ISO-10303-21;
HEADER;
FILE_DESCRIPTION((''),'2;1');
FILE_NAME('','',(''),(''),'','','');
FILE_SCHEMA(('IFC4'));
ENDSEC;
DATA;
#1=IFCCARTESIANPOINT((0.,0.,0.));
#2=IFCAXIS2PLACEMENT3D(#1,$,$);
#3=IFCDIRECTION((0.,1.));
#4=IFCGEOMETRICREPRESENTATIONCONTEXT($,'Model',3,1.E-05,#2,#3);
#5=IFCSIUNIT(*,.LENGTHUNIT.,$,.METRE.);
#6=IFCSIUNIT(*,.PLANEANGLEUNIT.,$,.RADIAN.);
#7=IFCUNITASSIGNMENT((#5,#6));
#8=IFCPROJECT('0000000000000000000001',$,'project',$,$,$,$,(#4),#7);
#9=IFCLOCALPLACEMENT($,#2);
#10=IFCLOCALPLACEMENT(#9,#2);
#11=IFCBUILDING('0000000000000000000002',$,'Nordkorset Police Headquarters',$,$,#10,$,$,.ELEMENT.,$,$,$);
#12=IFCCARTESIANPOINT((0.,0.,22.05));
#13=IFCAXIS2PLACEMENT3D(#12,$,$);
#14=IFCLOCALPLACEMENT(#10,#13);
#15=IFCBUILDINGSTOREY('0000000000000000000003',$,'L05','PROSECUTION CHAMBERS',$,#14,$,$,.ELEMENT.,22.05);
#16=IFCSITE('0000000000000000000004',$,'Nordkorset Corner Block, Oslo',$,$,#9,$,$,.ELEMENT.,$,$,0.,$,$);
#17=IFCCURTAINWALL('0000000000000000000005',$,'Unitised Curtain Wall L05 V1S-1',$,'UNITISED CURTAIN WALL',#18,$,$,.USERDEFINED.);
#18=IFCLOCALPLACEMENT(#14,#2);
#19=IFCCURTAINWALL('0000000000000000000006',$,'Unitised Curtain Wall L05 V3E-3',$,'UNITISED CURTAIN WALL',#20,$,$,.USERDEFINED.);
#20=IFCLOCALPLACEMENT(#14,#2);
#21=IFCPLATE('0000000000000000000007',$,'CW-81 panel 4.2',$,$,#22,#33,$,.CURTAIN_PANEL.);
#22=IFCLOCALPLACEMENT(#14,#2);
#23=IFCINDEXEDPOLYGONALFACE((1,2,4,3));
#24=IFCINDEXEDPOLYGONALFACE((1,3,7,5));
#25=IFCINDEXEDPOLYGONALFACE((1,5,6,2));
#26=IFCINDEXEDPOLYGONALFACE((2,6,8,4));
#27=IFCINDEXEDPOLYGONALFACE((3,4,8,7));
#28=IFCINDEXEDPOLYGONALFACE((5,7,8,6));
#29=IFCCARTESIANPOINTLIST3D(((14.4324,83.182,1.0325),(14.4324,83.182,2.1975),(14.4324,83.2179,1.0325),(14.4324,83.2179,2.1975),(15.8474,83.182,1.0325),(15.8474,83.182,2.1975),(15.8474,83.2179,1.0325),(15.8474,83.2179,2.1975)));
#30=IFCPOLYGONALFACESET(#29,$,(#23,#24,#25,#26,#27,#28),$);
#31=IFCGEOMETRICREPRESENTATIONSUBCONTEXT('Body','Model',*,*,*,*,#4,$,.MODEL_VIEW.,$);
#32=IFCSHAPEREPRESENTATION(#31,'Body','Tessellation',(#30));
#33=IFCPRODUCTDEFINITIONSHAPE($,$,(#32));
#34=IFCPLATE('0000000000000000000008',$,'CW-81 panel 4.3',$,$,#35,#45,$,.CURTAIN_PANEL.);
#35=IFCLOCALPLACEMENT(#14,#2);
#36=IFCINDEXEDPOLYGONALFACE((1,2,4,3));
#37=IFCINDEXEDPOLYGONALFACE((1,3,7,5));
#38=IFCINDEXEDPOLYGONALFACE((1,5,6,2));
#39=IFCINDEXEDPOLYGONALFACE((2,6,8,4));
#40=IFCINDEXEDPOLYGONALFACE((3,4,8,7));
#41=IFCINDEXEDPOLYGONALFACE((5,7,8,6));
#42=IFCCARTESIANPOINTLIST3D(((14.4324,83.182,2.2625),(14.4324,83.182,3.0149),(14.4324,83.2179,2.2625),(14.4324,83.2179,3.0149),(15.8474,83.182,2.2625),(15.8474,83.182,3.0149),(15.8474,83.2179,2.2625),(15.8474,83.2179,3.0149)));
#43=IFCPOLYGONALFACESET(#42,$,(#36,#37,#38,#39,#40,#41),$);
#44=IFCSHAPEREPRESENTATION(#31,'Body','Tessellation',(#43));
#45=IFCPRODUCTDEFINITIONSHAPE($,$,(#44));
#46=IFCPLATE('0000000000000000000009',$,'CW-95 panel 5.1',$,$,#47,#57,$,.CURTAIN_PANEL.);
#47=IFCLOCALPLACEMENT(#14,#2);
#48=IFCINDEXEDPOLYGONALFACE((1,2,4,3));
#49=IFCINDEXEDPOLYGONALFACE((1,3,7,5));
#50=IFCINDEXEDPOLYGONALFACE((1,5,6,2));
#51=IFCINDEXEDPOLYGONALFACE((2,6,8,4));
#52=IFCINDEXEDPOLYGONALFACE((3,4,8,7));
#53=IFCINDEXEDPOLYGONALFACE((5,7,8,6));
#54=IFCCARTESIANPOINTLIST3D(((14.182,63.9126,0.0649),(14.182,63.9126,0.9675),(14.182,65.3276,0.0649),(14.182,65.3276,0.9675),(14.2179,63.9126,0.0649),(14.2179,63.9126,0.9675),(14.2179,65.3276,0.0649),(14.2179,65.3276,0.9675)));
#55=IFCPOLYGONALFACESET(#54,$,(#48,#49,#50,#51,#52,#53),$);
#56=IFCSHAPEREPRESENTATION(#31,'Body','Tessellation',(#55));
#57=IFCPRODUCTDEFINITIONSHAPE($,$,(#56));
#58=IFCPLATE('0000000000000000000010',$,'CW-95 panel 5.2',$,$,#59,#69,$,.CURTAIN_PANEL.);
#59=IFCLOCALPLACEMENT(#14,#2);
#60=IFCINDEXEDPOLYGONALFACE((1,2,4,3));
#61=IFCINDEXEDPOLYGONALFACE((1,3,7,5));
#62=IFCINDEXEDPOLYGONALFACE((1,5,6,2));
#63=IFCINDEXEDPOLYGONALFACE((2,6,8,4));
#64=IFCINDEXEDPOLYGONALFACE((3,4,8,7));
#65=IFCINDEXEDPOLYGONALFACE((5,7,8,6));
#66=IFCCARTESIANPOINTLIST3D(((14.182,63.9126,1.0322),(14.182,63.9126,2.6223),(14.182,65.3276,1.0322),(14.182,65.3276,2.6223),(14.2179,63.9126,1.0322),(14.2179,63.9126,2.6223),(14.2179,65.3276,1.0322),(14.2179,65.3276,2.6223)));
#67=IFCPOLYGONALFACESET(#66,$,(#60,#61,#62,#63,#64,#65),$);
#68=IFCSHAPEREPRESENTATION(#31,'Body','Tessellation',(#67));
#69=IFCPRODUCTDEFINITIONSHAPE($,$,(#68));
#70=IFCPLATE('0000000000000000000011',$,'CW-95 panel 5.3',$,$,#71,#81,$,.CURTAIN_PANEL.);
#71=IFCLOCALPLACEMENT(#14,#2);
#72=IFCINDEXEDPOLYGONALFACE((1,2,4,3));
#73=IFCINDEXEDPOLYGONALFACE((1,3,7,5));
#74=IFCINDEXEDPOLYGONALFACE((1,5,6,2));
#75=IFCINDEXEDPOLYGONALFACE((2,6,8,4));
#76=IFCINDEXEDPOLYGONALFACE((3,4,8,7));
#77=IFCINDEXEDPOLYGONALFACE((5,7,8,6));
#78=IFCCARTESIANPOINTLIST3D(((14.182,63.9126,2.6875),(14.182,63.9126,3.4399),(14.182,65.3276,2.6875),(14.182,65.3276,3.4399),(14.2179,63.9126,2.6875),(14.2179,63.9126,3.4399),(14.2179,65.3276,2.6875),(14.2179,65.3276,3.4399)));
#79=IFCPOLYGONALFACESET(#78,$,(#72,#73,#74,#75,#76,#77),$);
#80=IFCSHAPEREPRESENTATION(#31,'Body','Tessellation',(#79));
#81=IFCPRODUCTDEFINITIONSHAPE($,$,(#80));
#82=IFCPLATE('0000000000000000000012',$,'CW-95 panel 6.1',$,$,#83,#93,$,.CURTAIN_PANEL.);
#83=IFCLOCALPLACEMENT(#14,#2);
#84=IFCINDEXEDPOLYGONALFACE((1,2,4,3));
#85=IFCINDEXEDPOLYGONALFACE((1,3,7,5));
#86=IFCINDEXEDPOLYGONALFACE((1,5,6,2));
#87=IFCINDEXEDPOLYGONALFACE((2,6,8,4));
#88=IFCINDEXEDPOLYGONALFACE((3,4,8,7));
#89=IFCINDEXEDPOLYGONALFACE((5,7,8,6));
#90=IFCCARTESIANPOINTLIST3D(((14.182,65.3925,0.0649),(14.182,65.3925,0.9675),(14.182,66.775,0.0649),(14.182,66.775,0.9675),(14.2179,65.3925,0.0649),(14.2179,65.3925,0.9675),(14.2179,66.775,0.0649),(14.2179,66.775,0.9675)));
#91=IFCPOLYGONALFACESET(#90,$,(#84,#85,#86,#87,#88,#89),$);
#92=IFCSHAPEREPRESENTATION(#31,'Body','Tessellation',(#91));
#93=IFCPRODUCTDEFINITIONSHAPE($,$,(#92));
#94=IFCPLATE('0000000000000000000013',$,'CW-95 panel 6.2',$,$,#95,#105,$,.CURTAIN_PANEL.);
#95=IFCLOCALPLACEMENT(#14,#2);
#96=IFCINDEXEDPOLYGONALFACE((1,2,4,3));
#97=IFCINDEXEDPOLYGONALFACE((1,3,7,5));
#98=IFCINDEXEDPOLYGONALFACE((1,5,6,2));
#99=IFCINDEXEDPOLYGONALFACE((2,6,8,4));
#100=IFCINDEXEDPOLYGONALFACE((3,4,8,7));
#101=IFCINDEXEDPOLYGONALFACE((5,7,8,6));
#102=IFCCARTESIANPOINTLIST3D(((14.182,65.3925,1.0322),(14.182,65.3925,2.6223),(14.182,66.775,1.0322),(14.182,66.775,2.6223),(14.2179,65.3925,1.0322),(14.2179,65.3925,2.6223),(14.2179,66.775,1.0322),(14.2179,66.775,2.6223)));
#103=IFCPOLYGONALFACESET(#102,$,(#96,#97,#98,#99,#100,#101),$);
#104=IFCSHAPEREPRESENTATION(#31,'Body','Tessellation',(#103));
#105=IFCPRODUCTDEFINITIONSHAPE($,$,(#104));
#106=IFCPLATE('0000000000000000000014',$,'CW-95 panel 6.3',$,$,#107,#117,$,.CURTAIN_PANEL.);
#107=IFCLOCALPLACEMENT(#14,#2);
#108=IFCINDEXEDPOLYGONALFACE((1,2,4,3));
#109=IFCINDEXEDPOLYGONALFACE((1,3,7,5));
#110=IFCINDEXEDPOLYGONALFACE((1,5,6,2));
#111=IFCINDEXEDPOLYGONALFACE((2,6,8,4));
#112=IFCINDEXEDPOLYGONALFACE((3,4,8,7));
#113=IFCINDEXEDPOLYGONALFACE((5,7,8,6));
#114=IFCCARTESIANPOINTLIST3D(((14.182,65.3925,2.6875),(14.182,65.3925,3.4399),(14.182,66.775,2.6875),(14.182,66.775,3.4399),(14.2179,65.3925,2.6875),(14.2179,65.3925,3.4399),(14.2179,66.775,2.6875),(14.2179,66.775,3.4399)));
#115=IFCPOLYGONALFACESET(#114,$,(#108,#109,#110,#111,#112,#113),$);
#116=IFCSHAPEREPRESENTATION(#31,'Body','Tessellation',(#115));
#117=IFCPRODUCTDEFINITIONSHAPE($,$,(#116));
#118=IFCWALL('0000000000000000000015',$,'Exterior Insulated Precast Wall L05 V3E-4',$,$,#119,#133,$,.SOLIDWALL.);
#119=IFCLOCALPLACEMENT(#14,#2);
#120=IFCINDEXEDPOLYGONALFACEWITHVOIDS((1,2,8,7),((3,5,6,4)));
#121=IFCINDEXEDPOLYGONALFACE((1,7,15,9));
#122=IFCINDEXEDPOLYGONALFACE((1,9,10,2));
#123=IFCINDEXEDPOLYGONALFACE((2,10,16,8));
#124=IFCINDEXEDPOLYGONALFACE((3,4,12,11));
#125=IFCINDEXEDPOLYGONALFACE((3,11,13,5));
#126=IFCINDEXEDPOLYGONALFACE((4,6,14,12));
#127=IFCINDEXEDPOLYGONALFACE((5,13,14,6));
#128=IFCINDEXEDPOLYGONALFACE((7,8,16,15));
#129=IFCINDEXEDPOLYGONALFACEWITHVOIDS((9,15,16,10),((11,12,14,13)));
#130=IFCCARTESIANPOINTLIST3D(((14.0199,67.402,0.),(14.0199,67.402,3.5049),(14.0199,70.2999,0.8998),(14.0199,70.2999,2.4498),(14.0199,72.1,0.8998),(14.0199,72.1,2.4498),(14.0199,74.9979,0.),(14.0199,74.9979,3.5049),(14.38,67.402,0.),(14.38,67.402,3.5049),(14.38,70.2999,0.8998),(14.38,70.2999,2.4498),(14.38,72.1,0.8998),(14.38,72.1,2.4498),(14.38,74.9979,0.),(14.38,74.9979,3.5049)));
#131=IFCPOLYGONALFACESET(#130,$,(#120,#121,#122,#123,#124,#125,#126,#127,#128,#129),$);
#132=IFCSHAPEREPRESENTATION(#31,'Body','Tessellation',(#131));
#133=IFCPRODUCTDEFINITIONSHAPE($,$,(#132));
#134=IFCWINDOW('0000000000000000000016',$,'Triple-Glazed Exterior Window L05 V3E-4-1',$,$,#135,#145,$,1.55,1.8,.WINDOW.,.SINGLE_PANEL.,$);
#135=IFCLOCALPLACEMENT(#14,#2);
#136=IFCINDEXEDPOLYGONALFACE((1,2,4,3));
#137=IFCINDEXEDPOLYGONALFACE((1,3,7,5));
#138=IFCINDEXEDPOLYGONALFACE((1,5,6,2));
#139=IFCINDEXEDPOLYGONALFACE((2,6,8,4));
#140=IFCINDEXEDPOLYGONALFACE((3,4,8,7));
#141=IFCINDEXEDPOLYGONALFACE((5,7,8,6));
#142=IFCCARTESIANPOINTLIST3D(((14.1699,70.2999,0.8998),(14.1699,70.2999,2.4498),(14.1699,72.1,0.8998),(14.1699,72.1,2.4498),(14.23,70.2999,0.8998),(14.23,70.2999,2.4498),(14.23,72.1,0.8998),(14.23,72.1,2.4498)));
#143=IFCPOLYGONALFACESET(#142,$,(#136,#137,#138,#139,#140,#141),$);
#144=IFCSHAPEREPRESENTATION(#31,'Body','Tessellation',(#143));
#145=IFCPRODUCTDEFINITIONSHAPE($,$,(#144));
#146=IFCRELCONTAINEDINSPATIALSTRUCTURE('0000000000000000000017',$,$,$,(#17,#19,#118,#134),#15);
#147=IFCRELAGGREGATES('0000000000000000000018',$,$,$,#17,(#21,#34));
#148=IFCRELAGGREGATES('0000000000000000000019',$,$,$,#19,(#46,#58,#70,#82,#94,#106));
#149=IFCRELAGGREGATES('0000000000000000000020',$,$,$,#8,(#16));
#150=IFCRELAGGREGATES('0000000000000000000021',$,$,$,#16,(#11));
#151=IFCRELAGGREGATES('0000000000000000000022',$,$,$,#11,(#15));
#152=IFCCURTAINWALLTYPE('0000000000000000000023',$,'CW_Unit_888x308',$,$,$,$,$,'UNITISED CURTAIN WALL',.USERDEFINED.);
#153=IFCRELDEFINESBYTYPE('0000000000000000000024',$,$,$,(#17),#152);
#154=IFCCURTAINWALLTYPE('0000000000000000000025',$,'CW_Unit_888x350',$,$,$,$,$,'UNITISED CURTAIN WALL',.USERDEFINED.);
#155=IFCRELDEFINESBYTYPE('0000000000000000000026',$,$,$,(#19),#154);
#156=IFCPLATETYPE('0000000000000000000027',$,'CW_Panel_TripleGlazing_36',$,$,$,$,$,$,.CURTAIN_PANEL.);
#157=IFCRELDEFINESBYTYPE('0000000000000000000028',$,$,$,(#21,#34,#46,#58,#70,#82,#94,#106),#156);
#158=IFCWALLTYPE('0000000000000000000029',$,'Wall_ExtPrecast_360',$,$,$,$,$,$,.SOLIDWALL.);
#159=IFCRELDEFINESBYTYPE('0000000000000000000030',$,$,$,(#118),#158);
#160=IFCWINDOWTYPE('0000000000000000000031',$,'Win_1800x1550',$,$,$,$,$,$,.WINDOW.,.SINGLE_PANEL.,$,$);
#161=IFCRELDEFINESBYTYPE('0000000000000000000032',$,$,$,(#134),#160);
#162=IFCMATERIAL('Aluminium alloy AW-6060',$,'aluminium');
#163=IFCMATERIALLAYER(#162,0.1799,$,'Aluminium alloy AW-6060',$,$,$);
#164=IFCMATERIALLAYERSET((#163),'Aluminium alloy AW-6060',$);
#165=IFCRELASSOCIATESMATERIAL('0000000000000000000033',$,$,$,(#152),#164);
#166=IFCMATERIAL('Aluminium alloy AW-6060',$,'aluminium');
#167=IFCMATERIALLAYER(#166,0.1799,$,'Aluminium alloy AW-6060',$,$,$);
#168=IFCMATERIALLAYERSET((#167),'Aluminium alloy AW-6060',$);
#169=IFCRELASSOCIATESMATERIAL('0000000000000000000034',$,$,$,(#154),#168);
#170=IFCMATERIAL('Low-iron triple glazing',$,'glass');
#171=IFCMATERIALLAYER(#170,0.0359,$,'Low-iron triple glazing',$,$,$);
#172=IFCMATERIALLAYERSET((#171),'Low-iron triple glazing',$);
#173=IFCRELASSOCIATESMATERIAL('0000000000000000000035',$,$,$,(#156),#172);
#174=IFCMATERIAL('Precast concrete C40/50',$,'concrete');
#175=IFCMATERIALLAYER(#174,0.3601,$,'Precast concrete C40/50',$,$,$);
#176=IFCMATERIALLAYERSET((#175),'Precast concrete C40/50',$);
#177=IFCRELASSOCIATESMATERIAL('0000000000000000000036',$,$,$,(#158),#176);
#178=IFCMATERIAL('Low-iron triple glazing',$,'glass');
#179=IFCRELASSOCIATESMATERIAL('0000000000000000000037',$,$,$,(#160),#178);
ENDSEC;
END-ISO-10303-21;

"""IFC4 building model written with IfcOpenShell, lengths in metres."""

from ifc_helpers import new_model, si_unit, direction, frame, frame_2d, origin, origin_2d, place, context, subcontext, project, spatial, rectangle, extrude, material, layer, layer_set, type_object, element, fill, aggregate, save


model = new_model("IFC4")

# Units and contexts
model_context = context("Model", 3, precision=1e-05, world=origin(), true_north=direction((0.0, 1.0)))
body_context = subcontext(model_context, "Body", "Model", "MODEL_VIEW")
ifc_project = project(units=[si_unit("LENGTHUNIT", "METRE"), si_unit("PLANEANGLEUNIT", "RADIAN")], contexts=[model_context])

# Site, building, storey
site_placement = place(None, origin())
site = spatial("IfcSite", under=ifc_project, at=site_placement, Name="Nordkorset Corner Block, Oslo", CompositionType="ELEMENT", RefElevation=0.0)
building_placement = place(site_placement, origin())
building = spatial("IfcBuilding", under=site, at=building_placement, Name="Nordkorset Police Headquarters", CompositionType="ELEMENT")
storey_placement = place(building_placement, frame((0.0, 0.0, 22.05)))
storey = spatial("IfcBuildingStorey", under=building, at=storey_placement, Name="L05", Description="PROSECUTION CHAMBERS", CompositionType="ELEMENT", Elevation=22.05)

# Curtain walls
ifc_material_1 = material(Name="Aluminium alloy AW-6060", Category="aluminium")
ifc_layer_1 = layer(ifc_material_1, 0.1799, Name="Aluminium alloy AW-6060")
ifc_layer_set_1 = layer_set([ifc_layer_1], Name="Aluminium alloy AW-6060")
curtain_wall_type_1 = type_object("IfcCurtainWallType", Name="CW_Unit_888x308", ElementType="UNITISED CURTAIN WALL", PredefinedType="USERDEFINED", material=ifc_layer_set_1)
curtain_wall_1_placement = place(storey_placement, origin())
curtain_wall_1 = element("IfcCurtainWall", 1, at=curtain_wall_1_placement, inside=storey, type_object=curtain_wall_type_1, Name="Unitised Curtain Wall L05 V1S-1", ObjectType="UNITISED CURTAIN WALL", PredefinedType="USERDEFINED")
ifc_material_2 = material(Name="Aluminium alloy AW-6060", Category="aluminium")
ifc_layer_2 = layer(ifc_material_2, 0.1799, Name="Aluminium alloy AW-6060")
ifc_layer_set_2 = layer_set([ifc_layer_2], Name="Aluminium alloy AW-6060")
curtain_wall_type_2 = type_object("IfcCurtainWallType", Name="CW_Unit_888x350", ElementType="UNITISED CURTAIN WALL", PredefinedType="USERDEFINED", material=ifc_layer_set_2)
curtain_wall_2_placement = place(storey_placement, origin())
curtain_wall_2 = element("IfcCurtainWall", 2, at=curtain_wall_2_placement, inside=storey, type_object=curtain_wall_type_2, Name="Unitised Curtain Wall L05 V3E-3", ObjectType="UNITISED CURTAIN WALL", PredefinedType="USERDEFINED")

# Plates
ifc_material_3 = material(Name="Low-iron triple glazing", Category="glass")
ifc_layer_3 = layer(ifc_material_3, 0.0359, Name="Low-iron triple glazing")
ifc_layer_set_3 = layer_set([ifc_layer_3], Name="Low-iron triple glazing")
plate_type = type_object("IfcPlateType", Name="CW_Panel_TripleGlazing_36", PredefinedType="CURTAIN_PANEL", material=ifc_layer_set_3)
plate_1_placement = place(storey_placement, frame((15.1399, 83.2, 1.0325), z_axis=(0.0, 0.0, 1.0), x_axis=(1.0, 0.0, 0.0)))
plate_1 = element("IfcPlate", 3, at=plate_1_placement, type_object=plate_type, Name="CW-81 panel 4.2", PredefinedType="CURTAIN_PANEL", context=body_context, shape_type="SweptSolid", body=[
    extrude(rectangle(XDim=1.415, YDim=0.0359, at=origin_2d()), origin(), (0.0, 0.0, 1.0), 1.165),
])
plate_2_placement = place(storey_placement, frame((15.1399, 83.2, 2.2625), z_axis=(0.0, 0.0, 1.0), x_axis=(1.0, 0.0, 0.0)))
plate_2 = element("IfcPlate", 4, at=plate_2_placement, type_object=plate_type, Name="CW-81 panel 4.3", PredefinedType="CURTAIN_PANEL", context=body_context, shape_type="SweptSolid", body=[
    extrude(rectangle(XDim=1.415, YDim=0.0359, at=origin_2d()), origin(), (0.0, 0.0, 1.0), 0.7524),
])
aggregate(curtain_wall_1, [plate_1, plate_2])
plate_3_placement = place(storey_placement, frame((14.2, 64.6201, 0.0649), z_axis=(0.0, 0.0, 1.0), x_axis=(0.0, 1.0, 0.0)))
plate_3 = element("IfcPlate", 5, at=plate_3_placement, type_object=plate_type, Name="CW-95 panel 5.1", PredefinedType="CURTAIN_PANEL", context=body_context, shape_type="SweptSolid", body=[
    extrude(rectangle(XDim=1.415, YDim=0.0359, at=origin_2d()), origin(), (0.0, 0.0, 1.0), 0.9026),
])
plate_4_placement = place(storey_placement, frame((14.2, 64.6201, 1.0322), z_axis=(0.0, 0.0, 1.0), x_axis=(0.0, 1.0, 0.0)))
plate_4 = element("IfcPlate", 6, at=plate_4_placement, type_object=plate_type, Name="CW-95 panel 5.2", PredefinedType="CURTAIN_PANEL", context=body_context, shape_type="SweptSolid", body=[
    extrude(rectangle(XDim=1.415, YDim=0.0359, at=origin_2d()), origin(), (0.0, 0.0, 1.0), 1.5901),
])
plate_5_placement = place(storey_placement, frame((14.2, 64.6201, 2.6875), z_axis=(0.0, 0.0, 1.0), x_axis=(0.0, 1.0, 0.0)))
plate_5 = element("IfcPlate", 7, at=plate_5_placement, type_object=plate_type, Name="CW-95 panel 5.3", PredefinedType="CURTAIN_PANEL", context=body_context, shape_type="SweptSolid", body=[
    extrude(rectangle(XDim=1.415, YDim=0.0359, at=origin_2d()), origin(), (0.0, 0.0, 1.0), 0.7524),
])
plate_6_placement = place(storey_placement, frame((14.2, 66.0837, 0.0649), z_axis=(0.0, 0.0, 1.0), x_axis=(0.0, 1.0, 0.0)))
plate_6 = element("IfcPlate", 8, at=plate_6_placement, type_object=plate_type, Name="CW-95 panel 6.1", PredefinedType="CURTAIN_PANEL", context=body_context, shape_type="SweptSolid", body=[
    extrude(rectangle(XDim=1.3826, YDim=0.0359, at=origin_2d()), origin(), (0.0, 0.0, 1.0), 0.9026),
])
plate_7_placement = place(storey_placement, frame((14.2, 66.0837, 1.0322), z_axis=(0.0, 0.0, 1.0), x_axis=(0.0, 1.0, 0.0)))
plate_7 = element("IfcPlate", 9, at=plate_7_placement, type_object=plate_type, Name="CW-95 panel 6.2", PredefinedType="CURTAIN_PANEL", context=body_context, shape_type="SweptSolid", body=[
    extrude(rectangle(XDim=1.3826, YDim=0.0359, at=origin_2d()), origin(), (0.0, 0.0, 1.0), 1.5901),
])
plate_8_placement = place(storey_placement, frame((14.2, 66.0837, 2.6875), z_axis=(0.0, 0.0, 1.0), x_axis=(0.0, 1.0, 0.0)))
plate_8 = element("IfcPlate", 10, at=plate_8_placement, type_object=plate_type, Name="CW-95 panel 6.3", PredefinedType="CURTAIN_PANEL", context=body_context, shape_type="SweptSolid", body=[
    extrude(rectangle(XDim=1.3826, YDim=0.0359, at=origin_2d()), origin(), (0.0, 0.0, 1.0), 0.7524),
])
aggregate(curtain_wall_2, [plate_3, plate_4, plate_5, plate_6, plate_7, plate_8])

# Wall, opening, window
ifc_material_4 = material(Name="Precast concrete C40/50", Category="concrete")
ifc_layer_4 = layer(ifc_material_4, 0.3601, Name="Precast concrete C40/50")
ifc_layer_set_4 = layer_set([ifc_layer_4], Name="Precast concrete C40/50")
wall_type = type_object("IfcWallType", Name="Wall_ExtPrecast_360", PredefinedType="SOLIDWALL", material=ifc_layer_set_4)
wall_placement = place(storey_placement, frame((14.2, 67.4021, 0.0), z_axis=(0.0, 0.0, 1.0), x_axis=(0.0, 1.0, 0.0)))
wall = element("IfcWall", 11, at=wall_placement, inside=storey, type_object=wall_type, Name="Exterior Insulated Precast Wall L05 V3E-4", PredefinedType="SOLIDWALL", context=body_context, shape_type="SweptSolid", body=[
    extrude(rectangle(XDim=7.5959, YDim=0.3601, at=frame_2d((3.7979, 0.0))), origin(), (0.0, 0.0, 1.0), 3.5049),
])
opening_placement = place(wall_placement, frame((2.8979, 0.0, 0.8999)))
opening = element("IfcOpeningElement", 12, at=opening_placement, cuts=wall, PredefinedType="OPENING", context=body_context, shape_type="SweptSolid", body=[
    extrude(rectangle(XDim=1.8, YDim=1.55, at=frame_2d((0.8999, 0.7749))), frame((0.0, 0.1899, 0.0), z_axis=(0.0, -1.0, 0.0), x_axis=(1.0, 0.0, 0.0)), (0.0, 0.0, 1.0), 0.3801),
])
ifc_material_5 = material(Name="Low-iron triple glazing", Category="glass")
window_type = type_object("IfcWindowType", Name="Win_1800x1550", PartitioningType="SINGLE_PANEL", PredefinedType="WINDOW", material=ifc_material_5)
window_placement = place(opening_placement, origin())
window = element("IfcWindow", 13, at=window_placement, inside=storey, type_object=window_type, Name="Triple-Glazed Exterior Window L05 V3E-4-1", OverallHeight=1.55, OverallWidth=1.8, PartitioningType="SINGLE_PANEL", PredefinedType="WINDOW", context=body_context, shape_type="SweptSolid", body=[
    extrude(rectangle(XDim=1.8, YDim=1.55, at=frame_2d((0.8999, 0.7749))), frame((0.0, 0.03, 0.0), z_axis=(0.0, -1.0, 0.0), x_axis=(1.0, 0.0, 0.0)), (0.0, 0.0, 1.0), 0.0601),
])
fill(opening, window)

save(model, "model.ifc")
